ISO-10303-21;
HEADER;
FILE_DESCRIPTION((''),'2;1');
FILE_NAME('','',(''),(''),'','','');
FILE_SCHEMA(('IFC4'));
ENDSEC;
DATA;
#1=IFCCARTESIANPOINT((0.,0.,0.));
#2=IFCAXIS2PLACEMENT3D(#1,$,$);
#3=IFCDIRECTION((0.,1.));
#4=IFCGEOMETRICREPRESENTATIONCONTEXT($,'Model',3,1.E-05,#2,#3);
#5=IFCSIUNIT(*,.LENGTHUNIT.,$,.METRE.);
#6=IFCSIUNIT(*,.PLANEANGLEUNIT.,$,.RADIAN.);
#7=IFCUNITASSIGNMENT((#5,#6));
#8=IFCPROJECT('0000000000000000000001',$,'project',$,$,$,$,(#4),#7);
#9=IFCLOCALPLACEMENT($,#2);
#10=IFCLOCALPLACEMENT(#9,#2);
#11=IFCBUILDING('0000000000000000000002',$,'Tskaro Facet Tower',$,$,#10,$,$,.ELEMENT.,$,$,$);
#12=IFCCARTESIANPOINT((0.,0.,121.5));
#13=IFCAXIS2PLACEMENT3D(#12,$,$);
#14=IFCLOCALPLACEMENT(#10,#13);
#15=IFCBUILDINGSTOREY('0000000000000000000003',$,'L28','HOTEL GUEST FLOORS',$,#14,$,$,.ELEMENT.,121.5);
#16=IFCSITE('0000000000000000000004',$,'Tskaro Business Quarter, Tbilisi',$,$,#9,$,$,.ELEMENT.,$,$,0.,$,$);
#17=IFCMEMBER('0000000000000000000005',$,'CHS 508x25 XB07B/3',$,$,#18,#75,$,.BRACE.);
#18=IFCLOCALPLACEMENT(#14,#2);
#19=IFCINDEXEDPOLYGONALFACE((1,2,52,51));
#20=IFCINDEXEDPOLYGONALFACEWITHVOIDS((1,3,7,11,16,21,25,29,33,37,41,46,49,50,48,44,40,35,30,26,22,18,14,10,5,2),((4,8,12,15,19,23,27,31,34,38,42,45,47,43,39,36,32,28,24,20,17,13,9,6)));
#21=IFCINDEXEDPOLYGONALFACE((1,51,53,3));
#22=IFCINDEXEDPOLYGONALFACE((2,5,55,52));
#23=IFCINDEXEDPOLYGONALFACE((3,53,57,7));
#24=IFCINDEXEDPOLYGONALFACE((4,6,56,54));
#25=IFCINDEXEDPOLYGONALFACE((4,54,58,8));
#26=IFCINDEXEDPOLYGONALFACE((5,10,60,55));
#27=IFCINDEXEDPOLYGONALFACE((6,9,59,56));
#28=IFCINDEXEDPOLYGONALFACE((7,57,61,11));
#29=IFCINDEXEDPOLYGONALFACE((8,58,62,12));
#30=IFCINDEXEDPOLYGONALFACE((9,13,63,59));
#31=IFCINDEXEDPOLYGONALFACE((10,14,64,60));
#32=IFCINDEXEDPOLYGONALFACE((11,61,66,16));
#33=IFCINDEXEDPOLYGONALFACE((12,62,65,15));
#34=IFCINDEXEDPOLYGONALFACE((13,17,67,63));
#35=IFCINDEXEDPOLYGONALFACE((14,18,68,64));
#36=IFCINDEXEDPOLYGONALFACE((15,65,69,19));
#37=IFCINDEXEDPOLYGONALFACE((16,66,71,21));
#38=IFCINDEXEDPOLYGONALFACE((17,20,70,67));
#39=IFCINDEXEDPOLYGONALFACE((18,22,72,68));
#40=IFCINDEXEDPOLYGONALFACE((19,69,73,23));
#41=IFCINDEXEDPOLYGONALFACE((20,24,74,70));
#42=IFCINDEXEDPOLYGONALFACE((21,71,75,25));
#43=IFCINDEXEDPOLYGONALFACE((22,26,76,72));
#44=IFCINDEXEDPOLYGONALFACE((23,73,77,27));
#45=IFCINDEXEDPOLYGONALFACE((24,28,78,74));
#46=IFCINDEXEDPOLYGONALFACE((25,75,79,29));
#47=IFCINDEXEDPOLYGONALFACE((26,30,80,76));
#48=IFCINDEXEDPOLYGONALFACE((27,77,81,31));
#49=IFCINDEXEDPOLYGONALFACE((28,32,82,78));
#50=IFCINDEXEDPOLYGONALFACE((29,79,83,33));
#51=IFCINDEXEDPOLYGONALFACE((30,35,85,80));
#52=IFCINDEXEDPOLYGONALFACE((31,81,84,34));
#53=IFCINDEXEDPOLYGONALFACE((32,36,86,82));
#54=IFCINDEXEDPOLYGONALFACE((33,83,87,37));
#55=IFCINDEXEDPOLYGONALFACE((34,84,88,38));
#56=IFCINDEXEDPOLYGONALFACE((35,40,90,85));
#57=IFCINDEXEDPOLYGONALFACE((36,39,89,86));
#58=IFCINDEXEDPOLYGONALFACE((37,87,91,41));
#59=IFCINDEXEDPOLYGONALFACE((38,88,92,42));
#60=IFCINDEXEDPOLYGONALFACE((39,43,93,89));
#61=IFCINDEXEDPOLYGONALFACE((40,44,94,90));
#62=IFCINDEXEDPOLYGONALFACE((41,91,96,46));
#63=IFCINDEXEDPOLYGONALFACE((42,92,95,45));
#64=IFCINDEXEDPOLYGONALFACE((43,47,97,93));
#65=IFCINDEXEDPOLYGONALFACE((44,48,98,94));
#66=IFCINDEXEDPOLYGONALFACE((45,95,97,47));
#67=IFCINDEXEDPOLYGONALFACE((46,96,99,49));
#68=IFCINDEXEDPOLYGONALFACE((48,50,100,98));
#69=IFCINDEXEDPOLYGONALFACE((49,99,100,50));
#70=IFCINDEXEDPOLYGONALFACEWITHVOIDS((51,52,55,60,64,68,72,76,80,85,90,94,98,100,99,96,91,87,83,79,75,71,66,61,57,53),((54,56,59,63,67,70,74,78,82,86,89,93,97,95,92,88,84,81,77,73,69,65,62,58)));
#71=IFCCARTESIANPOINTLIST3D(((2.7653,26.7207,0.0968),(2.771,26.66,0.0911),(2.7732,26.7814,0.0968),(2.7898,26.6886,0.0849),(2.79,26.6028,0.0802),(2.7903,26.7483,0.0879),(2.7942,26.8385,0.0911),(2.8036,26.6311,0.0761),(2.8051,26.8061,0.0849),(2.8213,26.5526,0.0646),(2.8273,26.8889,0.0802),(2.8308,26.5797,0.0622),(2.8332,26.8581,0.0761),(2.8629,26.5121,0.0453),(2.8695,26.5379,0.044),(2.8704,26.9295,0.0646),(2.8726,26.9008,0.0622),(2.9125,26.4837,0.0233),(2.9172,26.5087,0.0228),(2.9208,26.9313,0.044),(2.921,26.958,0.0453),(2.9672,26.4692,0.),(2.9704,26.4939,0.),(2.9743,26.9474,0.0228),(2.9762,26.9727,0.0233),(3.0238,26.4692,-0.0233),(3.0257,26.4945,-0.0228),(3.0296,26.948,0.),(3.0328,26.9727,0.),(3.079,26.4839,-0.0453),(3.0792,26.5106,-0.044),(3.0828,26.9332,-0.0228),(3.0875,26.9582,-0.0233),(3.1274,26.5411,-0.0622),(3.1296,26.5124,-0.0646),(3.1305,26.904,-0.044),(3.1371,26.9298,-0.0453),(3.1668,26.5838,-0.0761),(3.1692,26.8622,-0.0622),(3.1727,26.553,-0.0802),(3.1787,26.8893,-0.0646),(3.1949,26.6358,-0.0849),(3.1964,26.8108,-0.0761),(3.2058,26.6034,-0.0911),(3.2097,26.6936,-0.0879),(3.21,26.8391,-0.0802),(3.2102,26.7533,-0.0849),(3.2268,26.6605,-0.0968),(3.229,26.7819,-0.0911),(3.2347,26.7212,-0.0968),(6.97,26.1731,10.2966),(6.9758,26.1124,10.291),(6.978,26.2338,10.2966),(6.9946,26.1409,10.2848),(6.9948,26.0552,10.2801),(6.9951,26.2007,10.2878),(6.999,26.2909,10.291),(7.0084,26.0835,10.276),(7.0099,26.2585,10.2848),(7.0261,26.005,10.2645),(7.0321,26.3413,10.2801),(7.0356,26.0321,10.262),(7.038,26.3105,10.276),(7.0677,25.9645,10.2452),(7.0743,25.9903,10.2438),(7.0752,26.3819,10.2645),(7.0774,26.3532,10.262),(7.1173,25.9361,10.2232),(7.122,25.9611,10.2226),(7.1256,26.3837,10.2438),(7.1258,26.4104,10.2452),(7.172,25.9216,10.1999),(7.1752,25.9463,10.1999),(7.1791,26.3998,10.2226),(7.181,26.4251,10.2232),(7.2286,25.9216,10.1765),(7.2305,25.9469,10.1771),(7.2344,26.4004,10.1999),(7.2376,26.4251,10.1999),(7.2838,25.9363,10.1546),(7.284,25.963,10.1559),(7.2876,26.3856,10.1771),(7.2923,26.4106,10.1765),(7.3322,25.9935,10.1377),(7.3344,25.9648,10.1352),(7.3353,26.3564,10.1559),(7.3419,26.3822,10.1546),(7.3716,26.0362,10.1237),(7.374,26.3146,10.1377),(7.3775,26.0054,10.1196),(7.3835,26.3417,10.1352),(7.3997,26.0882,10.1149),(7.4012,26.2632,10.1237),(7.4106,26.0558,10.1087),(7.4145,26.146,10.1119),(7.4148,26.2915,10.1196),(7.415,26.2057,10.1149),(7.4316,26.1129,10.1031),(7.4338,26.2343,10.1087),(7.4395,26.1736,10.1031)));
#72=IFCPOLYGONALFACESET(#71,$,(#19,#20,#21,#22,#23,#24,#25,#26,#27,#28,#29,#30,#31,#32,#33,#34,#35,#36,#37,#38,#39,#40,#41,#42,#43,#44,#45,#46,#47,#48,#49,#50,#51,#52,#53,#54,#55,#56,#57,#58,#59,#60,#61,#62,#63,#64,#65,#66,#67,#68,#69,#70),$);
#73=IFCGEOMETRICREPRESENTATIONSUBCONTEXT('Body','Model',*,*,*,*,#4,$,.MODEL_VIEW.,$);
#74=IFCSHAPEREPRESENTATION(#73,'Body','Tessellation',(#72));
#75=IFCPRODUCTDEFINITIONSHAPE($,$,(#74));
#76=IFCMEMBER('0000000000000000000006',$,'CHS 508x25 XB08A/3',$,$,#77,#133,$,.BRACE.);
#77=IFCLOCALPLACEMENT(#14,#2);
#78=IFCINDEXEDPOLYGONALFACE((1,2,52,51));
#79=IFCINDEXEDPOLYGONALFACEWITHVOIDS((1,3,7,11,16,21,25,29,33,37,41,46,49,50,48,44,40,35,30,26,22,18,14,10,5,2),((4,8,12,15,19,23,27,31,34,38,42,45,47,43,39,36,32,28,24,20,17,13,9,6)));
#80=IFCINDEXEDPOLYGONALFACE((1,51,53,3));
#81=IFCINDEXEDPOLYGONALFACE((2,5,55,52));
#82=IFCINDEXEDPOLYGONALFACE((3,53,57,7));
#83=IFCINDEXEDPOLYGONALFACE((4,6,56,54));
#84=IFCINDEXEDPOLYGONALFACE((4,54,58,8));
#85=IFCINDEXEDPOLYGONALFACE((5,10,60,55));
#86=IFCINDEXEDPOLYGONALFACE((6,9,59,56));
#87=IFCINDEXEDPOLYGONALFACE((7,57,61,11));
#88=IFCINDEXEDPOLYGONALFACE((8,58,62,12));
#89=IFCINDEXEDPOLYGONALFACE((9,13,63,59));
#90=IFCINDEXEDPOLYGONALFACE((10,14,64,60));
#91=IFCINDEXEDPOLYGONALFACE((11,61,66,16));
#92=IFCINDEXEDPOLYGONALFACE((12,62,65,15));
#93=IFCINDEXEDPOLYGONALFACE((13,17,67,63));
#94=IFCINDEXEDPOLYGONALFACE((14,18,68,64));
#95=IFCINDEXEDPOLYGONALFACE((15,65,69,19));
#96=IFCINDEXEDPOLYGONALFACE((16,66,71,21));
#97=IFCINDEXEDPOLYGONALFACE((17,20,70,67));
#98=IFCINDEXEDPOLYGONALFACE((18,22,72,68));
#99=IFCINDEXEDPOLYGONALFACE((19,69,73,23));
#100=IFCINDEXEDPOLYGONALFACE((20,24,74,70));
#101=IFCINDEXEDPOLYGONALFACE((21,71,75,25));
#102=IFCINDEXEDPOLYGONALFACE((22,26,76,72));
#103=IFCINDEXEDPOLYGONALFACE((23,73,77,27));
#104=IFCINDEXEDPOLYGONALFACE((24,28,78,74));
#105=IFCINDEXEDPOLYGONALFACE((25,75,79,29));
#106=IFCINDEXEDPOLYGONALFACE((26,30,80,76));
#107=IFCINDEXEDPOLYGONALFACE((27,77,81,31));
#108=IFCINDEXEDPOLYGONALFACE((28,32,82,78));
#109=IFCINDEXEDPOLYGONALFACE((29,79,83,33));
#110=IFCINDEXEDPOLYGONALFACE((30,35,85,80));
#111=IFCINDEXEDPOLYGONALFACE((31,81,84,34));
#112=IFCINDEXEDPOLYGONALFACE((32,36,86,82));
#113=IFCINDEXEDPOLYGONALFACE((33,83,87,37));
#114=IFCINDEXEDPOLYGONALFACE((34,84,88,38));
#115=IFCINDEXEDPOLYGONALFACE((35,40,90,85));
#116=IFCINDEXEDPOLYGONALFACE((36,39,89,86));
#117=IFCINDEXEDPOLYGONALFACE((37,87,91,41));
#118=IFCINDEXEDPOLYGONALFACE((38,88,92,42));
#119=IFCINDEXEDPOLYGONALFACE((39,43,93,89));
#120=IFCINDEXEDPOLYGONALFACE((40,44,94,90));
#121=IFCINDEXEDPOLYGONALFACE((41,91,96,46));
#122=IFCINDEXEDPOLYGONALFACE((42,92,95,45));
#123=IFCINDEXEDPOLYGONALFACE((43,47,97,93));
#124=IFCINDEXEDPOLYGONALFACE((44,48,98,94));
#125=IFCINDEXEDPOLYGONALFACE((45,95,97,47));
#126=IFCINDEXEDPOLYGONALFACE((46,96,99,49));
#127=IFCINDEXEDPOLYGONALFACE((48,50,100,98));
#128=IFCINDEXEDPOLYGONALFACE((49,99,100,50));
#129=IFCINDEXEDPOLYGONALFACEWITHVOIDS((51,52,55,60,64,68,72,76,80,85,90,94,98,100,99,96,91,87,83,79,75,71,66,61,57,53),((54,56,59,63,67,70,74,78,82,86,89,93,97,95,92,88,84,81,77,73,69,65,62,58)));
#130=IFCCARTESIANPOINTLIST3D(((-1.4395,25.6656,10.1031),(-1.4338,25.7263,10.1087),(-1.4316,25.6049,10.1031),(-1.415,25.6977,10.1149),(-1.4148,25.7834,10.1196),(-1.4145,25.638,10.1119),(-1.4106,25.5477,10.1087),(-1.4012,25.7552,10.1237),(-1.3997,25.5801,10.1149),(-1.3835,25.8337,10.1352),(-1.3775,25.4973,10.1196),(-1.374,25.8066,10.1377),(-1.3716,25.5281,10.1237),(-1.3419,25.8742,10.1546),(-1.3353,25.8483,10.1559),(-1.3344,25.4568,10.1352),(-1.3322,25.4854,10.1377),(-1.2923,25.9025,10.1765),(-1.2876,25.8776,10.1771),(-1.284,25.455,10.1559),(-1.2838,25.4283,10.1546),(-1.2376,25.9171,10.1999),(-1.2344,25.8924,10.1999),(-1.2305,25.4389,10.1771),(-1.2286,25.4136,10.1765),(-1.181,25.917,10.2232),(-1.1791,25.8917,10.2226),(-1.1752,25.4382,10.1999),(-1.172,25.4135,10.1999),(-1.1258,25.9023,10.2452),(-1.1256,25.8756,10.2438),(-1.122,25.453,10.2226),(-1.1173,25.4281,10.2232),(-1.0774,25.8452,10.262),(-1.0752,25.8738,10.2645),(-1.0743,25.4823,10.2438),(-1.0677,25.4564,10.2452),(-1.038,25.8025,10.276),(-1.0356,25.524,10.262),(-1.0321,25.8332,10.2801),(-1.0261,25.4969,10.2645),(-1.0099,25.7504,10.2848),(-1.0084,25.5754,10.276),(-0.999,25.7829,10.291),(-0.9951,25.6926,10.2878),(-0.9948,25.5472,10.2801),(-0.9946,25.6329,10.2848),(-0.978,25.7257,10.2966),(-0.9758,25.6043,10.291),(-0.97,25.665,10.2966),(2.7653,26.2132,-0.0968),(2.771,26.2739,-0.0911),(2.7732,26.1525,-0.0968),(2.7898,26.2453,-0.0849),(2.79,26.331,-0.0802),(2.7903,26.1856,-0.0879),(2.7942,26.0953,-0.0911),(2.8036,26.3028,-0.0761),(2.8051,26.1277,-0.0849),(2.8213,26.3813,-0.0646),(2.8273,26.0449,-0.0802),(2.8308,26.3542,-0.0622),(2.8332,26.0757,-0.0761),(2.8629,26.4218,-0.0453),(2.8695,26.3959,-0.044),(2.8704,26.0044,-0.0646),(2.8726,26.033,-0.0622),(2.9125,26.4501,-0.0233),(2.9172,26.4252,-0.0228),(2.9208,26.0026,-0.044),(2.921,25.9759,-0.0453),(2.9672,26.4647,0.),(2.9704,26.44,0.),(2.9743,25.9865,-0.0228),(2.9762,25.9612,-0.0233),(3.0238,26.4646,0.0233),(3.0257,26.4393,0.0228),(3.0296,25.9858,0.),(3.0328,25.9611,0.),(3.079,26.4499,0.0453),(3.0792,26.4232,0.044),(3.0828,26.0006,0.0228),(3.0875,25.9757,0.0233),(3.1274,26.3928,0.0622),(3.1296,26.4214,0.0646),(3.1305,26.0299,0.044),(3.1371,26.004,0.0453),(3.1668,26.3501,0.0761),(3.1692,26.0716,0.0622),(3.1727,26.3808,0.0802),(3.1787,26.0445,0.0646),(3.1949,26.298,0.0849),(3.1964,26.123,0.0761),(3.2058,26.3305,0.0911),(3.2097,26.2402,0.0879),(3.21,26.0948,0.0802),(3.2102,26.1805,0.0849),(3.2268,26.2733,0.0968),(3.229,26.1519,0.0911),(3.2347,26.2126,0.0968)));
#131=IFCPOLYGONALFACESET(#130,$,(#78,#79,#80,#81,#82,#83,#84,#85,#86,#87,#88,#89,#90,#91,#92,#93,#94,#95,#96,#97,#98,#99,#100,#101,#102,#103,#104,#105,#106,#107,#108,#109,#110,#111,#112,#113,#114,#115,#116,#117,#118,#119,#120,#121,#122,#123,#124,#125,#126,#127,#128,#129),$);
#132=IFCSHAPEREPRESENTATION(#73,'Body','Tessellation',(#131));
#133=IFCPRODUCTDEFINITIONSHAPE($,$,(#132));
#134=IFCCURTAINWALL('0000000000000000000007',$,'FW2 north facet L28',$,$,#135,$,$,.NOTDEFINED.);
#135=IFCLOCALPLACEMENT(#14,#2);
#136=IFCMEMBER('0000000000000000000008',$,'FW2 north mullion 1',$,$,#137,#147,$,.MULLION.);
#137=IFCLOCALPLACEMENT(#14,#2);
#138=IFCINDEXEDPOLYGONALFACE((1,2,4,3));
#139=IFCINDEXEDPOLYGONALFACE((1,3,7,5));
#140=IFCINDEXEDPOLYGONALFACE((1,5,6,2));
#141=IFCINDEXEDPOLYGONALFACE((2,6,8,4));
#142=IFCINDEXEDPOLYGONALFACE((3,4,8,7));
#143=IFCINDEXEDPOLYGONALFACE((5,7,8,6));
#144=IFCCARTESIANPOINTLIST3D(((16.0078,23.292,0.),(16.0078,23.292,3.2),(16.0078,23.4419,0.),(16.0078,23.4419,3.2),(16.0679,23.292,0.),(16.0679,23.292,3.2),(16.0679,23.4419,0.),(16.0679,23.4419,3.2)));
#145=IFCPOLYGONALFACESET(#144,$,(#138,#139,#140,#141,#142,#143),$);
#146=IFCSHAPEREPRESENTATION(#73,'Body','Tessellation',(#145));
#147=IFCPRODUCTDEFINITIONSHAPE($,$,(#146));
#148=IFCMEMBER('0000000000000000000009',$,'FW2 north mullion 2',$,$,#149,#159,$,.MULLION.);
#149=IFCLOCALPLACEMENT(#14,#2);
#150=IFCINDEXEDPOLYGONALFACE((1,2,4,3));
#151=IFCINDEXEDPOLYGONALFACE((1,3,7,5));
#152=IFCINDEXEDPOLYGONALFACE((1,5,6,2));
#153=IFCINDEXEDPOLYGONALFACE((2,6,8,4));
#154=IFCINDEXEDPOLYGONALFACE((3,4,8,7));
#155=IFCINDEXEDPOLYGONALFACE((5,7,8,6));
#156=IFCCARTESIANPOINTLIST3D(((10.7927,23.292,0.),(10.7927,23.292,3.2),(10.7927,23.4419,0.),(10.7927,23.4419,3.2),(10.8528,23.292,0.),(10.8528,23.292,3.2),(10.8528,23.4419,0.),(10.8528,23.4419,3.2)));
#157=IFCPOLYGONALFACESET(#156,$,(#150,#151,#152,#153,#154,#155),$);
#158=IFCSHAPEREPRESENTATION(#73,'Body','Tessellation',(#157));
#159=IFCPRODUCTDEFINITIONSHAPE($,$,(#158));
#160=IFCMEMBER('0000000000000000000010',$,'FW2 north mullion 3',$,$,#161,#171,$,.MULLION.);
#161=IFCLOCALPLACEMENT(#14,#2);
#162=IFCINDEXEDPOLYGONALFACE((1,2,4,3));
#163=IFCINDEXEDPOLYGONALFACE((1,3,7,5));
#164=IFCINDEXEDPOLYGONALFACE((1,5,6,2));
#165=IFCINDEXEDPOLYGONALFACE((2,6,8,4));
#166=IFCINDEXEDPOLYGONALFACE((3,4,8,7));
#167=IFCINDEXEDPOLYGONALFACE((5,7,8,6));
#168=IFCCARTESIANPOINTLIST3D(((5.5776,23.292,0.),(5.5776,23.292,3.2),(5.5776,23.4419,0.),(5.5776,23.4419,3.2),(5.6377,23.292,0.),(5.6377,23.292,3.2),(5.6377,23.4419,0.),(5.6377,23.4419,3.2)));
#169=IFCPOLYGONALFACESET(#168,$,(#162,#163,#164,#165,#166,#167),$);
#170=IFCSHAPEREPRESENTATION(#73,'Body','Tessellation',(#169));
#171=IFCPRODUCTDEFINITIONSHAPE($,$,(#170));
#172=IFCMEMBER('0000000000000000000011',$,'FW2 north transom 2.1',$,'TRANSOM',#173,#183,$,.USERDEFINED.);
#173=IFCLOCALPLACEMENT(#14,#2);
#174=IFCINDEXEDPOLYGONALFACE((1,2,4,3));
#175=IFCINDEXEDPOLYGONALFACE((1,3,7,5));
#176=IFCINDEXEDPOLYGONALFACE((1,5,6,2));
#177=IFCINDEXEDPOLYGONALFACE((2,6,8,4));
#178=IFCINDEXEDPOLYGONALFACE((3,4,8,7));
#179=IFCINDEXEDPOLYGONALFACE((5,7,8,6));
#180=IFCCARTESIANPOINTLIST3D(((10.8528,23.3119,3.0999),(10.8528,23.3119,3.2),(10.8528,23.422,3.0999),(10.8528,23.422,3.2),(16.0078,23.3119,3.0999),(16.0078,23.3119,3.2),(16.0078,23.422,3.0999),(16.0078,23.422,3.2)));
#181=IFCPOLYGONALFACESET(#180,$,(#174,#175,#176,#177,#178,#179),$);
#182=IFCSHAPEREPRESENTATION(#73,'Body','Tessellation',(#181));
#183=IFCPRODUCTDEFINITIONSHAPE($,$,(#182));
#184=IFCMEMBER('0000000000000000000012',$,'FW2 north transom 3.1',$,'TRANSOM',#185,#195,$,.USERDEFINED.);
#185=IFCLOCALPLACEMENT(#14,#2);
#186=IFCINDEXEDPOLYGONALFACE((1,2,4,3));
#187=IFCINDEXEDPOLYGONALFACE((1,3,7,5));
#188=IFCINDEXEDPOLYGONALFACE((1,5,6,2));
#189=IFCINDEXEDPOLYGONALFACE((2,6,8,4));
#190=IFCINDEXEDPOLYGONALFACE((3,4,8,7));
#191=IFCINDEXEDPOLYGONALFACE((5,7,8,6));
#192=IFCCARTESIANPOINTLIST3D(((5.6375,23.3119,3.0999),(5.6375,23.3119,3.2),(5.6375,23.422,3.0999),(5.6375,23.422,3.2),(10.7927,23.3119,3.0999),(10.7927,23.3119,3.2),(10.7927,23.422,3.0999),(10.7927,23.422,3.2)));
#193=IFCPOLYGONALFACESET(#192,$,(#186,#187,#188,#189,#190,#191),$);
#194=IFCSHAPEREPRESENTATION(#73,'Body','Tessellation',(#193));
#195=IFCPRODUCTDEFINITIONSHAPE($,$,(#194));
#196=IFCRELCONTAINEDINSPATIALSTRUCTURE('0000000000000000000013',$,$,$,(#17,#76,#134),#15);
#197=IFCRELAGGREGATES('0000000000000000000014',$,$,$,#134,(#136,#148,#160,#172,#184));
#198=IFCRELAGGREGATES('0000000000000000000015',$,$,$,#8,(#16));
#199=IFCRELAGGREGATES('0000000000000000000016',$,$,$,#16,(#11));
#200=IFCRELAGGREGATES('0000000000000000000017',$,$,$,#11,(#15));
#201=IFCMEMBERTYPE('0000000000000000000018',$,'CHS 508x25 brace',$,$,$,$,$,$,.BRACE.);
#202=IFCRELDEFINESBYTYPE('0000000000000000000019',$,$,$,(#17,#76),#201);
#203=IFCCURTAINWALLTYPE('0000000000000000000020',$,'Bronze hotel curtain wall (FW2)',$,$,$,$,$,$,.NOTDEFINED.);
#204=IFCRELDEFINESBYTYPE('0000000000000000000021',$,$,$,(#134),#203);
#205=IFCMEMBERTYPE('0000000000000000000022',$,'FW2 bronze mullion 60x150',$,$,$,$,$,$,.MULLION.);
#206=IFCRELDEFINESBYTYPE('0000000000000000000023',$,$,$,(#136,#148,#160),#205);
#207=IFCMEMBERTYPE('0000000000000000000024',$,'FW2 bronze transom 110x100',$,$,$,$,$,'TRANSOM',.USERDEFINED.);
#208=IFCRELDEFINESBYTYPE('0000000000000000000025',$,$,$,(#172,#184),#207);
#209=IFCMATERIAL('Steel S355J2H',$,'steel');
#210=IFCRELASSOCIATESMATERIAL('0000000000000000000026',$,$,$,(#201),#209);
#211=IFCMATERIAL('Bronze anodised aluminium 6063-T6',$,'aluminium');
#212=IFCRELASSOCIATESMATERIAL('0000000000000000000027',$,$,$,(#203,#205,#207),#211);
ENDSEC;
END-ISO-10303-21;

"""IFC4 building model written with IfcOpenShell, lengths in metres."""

from ifc_helpers import new_model, si_unit, direction, frame, origin, origin_2d, place, context, subcontext, project, spatial, rectangle, hollow_circle, extrude, material, material_profile, profile_set, type_object, element, aggregate, save


model = new_model("IFC4")

# Units and contexts
model_context = context("Model", 3, precision=1e-05, world=origin(), true_north=direction((0.0, 1.0)))
body_context = subcontext(model_context, "Body", "Model", "MODEL_VIEW")
ifc_project = project(units=[si_unit("LENGTHUNIT", "METRE"), si_unit("PLANEANGLEUNIT", "RADIAN")], contexts=[model_context])

# Site, building, storey
site_placement = place(None, origin())
site = spatial("IfcSite", under=ifc_project, at=site_placement, Name="Tskaro Business Quarter, Tbilisi", CompositionType="ELEMENT", RefElevation=0.0)
building_placement = place(site_placement, origin())
building = spatial("IfcBuilding", under=site, at=building_placement, Name="Tskaro Facet Tower", CompositionType="ELEMENT")
storey_placement = place(building_placement, frame((0.0, 0.0, 121.5)))
storey = spatial("IfcBuildingStorey", under=building, at=storey_placement, Name="L28", Description="HOTEL GUEST FLOORS", CompositionType="ELEMENT", Elevation=121.5)

# Shared definitions
ifc_material_1 = material(Name="Steel S355J2H", Category="steel")

# Members
ifc_material_profile_1 = material_profile(ifc_material_1, hollow_circle(Radius=0.2539, WallThickness=0.0249, at=origin_2d()), Name="CHS 508x25")
ifc_profile_set_1 = profile_set([ifc_material_profile_1], Name="Steel S355J2H")
member_type_1 = type_object("IfcMemberType", Name="CHS 508x25 brace", PredefinedType="BRACE", material=ifc_profile_set_1)
for number, where, z_axis, x_axis, name in (
    (1, (3.0, 26.7209, 0.0), (0.380657, -0.049574, 0.923386), (0.129142, 0.991626, 0.0), "CHS 508x25 XB07B/3"),
    (2, (3.0, 26.2129, 0.0), (-0.380657, -0.049574, 0.923386), (0.129142, -0.991626, 0.0), "CHS 508x25 XB08A/3"),
):
    element("IfcMember", number, at=place(storey_placement, frame(where, z_axis=z_axis, x_axis=x_axis)), inside=storey, type_object=member_type_1, Name=name, PredefinedType="BRACE", context=body_context, shape_type="SweptSolid", body=[
        extrude(hollow_circle(Radius=0.2539, WallThickness=0.0249, at=origin_2d()), origin(), (0.0, 0.0, 1.0), 11.0461),
    ])

# Curtain wall, members
ifc_material_2 = material(Name="Bronze anodised aluminium 6063-T6", Category="aluminium")
curtain_wall_type = type_object("IfcCurtainWallType", Name="Bronze hotel curtain wall (FW2)", PredefinedType="NOTDEFINED", material=ifc_material_2)
curtain_wall_placement = place(storey_placement, origin())
curtain_wall = element("IfcCurtainWall", 3, at=curtain_wall_placement, inside=storey, type_object=curtain_wall_type, Name="FW2 north facet L28", PredefinedType="NOTDEFINED")
ifc_material_profile_2 = material_profile(ifc_material_2, rectangle(XDim=0.0601, YDim=0.1499, at=origin_2d()), Name="Mullion 60x150")
ifc_profile_set_2 = profile_set([ifc_material_profile_2], Name="Bronze anodised aluminium 6063-T6")
member_type_2 = type_object("IfcMemberType", Name="FW2 bronze mullion 60x150", PredefinedType="MULLION", material=ifc_profile_set_2)
member_1_placement = place(storey_placement, frame((16.0378, 23.3669, 0.0), z_axis=(0.0, 0.0, 1.0), x_axis=(-1.0, 0.0, 0.0)))
member_1 = element("IfcMember", 4, at=member_1_placement, type_object=member_type_2, Name="FW2 north mullion 1", PredefinedType="MULLION", context=body_context, shape_type="SweptSolid", body=[
    extrude(rectangle(XDim=0.0601, YDim=0.1499, at=origin_2d()), origin(), (0.0, 0.0, 1.0), 3.2),
])
member_2_placement = place(storey_placement, frame((10.8228, 23.3669, 0.0), z_axis=(0.0, 0.0, 1.0), x_axis=(-1.0, 0.0, 0.0)))
member_2 = element("IfcMember", 5, at=member_2_placement, type_object=member_type_2, Name="FW2 north mullion 2", PredefinedType="MULLION", context=body_context, shape_type="SweptSolid", body=[
    extrude(rectangle(XDim=0.0601, YDim=0.1499, at=origin_2d()), origin(), (0.0, 0.0, 1.0), 3.2),
])
member_3_placement = place(storey_placement, frame((5.6077, 23.3669, 0.0), z_axis=(0.0, 0.0, 1.0), x_axis=(-1.0, 0.0, 0.0)))
member_3 = element("IfcMember", 6, at=member_3_placement, type_object=member_type_2, Name="FW2 north mullion 3", PredefinedType="MULLION", context=body_context, shape_type="SweptSolid", body=[
    extrude(rectangle(XDim=0.0601, YDim=0.1499, at=origin_2d()), origin(), (0.0, 0.0, 1.0), 3.2),
])
ifc_material_profile_3 = material_profile(ifc_material_2, rectangle(XDim=0.1101, YDim=0.1001, at=origin_2d()), Name="Transom 110x100")
ifc_profile_set_3 = profile_set([ifc_material_profile_3], Name="Bronze anodised aluminium 6063-T6")
member_type_3 = type_object("IfcMemberType", Name="FW2 bronze transom 110x100", ElementType="TRANSOM", PredefinedType="USERDEFINED", material=ifc_profile_set_3)
member_4_placement = place(storey_placement, frame((16.0078, 23.3669, 3.1499), z_axis=(-1.0, 0.0, 0.0), x_axis=(0.0, -1.0, 0.0)))
member_4 = element("IfcMember", 7, at=member_4_placement, type_object=member_type_3, Name="FW2 north transom 2.1", ObjectType="TRANSOM", PredefinedType="USERDEFINED", context=body_context, shape_type="SweptSolid", body=[
    extrude(rectangle(XDim=0.1101, YDim=0.1001, at=origin_2d()), origin(), (0.0, 0.0, 1.0), 5.155),
])
member_5_placement = place(storey_placement, frame((10.7927, 23.3669, 3.1499), z_axis=(-1.0, 0.0, 0.0), x_axis=(0.0, -1.0, 0.0)))
member_5 = element("IfcMember", 8, at=member_5_placement, type_object=member_type_3, Name="FW2 north transom 3.1", ObjectType="TRANSOM", PredefinedType="USERDEFINED", context=body_context, shape_type="SweptSolid", body=[
    extrude(rectangle(XDim=0.1101, YDim=0.1001, at=origin_2d()), origin(), (0.0, 0.0, 1.0), 5.1553),
])
aggregate(curtain_wall, [member_1, member_2, member_3, member_4, member_5])

save(model, "model.ifc")
